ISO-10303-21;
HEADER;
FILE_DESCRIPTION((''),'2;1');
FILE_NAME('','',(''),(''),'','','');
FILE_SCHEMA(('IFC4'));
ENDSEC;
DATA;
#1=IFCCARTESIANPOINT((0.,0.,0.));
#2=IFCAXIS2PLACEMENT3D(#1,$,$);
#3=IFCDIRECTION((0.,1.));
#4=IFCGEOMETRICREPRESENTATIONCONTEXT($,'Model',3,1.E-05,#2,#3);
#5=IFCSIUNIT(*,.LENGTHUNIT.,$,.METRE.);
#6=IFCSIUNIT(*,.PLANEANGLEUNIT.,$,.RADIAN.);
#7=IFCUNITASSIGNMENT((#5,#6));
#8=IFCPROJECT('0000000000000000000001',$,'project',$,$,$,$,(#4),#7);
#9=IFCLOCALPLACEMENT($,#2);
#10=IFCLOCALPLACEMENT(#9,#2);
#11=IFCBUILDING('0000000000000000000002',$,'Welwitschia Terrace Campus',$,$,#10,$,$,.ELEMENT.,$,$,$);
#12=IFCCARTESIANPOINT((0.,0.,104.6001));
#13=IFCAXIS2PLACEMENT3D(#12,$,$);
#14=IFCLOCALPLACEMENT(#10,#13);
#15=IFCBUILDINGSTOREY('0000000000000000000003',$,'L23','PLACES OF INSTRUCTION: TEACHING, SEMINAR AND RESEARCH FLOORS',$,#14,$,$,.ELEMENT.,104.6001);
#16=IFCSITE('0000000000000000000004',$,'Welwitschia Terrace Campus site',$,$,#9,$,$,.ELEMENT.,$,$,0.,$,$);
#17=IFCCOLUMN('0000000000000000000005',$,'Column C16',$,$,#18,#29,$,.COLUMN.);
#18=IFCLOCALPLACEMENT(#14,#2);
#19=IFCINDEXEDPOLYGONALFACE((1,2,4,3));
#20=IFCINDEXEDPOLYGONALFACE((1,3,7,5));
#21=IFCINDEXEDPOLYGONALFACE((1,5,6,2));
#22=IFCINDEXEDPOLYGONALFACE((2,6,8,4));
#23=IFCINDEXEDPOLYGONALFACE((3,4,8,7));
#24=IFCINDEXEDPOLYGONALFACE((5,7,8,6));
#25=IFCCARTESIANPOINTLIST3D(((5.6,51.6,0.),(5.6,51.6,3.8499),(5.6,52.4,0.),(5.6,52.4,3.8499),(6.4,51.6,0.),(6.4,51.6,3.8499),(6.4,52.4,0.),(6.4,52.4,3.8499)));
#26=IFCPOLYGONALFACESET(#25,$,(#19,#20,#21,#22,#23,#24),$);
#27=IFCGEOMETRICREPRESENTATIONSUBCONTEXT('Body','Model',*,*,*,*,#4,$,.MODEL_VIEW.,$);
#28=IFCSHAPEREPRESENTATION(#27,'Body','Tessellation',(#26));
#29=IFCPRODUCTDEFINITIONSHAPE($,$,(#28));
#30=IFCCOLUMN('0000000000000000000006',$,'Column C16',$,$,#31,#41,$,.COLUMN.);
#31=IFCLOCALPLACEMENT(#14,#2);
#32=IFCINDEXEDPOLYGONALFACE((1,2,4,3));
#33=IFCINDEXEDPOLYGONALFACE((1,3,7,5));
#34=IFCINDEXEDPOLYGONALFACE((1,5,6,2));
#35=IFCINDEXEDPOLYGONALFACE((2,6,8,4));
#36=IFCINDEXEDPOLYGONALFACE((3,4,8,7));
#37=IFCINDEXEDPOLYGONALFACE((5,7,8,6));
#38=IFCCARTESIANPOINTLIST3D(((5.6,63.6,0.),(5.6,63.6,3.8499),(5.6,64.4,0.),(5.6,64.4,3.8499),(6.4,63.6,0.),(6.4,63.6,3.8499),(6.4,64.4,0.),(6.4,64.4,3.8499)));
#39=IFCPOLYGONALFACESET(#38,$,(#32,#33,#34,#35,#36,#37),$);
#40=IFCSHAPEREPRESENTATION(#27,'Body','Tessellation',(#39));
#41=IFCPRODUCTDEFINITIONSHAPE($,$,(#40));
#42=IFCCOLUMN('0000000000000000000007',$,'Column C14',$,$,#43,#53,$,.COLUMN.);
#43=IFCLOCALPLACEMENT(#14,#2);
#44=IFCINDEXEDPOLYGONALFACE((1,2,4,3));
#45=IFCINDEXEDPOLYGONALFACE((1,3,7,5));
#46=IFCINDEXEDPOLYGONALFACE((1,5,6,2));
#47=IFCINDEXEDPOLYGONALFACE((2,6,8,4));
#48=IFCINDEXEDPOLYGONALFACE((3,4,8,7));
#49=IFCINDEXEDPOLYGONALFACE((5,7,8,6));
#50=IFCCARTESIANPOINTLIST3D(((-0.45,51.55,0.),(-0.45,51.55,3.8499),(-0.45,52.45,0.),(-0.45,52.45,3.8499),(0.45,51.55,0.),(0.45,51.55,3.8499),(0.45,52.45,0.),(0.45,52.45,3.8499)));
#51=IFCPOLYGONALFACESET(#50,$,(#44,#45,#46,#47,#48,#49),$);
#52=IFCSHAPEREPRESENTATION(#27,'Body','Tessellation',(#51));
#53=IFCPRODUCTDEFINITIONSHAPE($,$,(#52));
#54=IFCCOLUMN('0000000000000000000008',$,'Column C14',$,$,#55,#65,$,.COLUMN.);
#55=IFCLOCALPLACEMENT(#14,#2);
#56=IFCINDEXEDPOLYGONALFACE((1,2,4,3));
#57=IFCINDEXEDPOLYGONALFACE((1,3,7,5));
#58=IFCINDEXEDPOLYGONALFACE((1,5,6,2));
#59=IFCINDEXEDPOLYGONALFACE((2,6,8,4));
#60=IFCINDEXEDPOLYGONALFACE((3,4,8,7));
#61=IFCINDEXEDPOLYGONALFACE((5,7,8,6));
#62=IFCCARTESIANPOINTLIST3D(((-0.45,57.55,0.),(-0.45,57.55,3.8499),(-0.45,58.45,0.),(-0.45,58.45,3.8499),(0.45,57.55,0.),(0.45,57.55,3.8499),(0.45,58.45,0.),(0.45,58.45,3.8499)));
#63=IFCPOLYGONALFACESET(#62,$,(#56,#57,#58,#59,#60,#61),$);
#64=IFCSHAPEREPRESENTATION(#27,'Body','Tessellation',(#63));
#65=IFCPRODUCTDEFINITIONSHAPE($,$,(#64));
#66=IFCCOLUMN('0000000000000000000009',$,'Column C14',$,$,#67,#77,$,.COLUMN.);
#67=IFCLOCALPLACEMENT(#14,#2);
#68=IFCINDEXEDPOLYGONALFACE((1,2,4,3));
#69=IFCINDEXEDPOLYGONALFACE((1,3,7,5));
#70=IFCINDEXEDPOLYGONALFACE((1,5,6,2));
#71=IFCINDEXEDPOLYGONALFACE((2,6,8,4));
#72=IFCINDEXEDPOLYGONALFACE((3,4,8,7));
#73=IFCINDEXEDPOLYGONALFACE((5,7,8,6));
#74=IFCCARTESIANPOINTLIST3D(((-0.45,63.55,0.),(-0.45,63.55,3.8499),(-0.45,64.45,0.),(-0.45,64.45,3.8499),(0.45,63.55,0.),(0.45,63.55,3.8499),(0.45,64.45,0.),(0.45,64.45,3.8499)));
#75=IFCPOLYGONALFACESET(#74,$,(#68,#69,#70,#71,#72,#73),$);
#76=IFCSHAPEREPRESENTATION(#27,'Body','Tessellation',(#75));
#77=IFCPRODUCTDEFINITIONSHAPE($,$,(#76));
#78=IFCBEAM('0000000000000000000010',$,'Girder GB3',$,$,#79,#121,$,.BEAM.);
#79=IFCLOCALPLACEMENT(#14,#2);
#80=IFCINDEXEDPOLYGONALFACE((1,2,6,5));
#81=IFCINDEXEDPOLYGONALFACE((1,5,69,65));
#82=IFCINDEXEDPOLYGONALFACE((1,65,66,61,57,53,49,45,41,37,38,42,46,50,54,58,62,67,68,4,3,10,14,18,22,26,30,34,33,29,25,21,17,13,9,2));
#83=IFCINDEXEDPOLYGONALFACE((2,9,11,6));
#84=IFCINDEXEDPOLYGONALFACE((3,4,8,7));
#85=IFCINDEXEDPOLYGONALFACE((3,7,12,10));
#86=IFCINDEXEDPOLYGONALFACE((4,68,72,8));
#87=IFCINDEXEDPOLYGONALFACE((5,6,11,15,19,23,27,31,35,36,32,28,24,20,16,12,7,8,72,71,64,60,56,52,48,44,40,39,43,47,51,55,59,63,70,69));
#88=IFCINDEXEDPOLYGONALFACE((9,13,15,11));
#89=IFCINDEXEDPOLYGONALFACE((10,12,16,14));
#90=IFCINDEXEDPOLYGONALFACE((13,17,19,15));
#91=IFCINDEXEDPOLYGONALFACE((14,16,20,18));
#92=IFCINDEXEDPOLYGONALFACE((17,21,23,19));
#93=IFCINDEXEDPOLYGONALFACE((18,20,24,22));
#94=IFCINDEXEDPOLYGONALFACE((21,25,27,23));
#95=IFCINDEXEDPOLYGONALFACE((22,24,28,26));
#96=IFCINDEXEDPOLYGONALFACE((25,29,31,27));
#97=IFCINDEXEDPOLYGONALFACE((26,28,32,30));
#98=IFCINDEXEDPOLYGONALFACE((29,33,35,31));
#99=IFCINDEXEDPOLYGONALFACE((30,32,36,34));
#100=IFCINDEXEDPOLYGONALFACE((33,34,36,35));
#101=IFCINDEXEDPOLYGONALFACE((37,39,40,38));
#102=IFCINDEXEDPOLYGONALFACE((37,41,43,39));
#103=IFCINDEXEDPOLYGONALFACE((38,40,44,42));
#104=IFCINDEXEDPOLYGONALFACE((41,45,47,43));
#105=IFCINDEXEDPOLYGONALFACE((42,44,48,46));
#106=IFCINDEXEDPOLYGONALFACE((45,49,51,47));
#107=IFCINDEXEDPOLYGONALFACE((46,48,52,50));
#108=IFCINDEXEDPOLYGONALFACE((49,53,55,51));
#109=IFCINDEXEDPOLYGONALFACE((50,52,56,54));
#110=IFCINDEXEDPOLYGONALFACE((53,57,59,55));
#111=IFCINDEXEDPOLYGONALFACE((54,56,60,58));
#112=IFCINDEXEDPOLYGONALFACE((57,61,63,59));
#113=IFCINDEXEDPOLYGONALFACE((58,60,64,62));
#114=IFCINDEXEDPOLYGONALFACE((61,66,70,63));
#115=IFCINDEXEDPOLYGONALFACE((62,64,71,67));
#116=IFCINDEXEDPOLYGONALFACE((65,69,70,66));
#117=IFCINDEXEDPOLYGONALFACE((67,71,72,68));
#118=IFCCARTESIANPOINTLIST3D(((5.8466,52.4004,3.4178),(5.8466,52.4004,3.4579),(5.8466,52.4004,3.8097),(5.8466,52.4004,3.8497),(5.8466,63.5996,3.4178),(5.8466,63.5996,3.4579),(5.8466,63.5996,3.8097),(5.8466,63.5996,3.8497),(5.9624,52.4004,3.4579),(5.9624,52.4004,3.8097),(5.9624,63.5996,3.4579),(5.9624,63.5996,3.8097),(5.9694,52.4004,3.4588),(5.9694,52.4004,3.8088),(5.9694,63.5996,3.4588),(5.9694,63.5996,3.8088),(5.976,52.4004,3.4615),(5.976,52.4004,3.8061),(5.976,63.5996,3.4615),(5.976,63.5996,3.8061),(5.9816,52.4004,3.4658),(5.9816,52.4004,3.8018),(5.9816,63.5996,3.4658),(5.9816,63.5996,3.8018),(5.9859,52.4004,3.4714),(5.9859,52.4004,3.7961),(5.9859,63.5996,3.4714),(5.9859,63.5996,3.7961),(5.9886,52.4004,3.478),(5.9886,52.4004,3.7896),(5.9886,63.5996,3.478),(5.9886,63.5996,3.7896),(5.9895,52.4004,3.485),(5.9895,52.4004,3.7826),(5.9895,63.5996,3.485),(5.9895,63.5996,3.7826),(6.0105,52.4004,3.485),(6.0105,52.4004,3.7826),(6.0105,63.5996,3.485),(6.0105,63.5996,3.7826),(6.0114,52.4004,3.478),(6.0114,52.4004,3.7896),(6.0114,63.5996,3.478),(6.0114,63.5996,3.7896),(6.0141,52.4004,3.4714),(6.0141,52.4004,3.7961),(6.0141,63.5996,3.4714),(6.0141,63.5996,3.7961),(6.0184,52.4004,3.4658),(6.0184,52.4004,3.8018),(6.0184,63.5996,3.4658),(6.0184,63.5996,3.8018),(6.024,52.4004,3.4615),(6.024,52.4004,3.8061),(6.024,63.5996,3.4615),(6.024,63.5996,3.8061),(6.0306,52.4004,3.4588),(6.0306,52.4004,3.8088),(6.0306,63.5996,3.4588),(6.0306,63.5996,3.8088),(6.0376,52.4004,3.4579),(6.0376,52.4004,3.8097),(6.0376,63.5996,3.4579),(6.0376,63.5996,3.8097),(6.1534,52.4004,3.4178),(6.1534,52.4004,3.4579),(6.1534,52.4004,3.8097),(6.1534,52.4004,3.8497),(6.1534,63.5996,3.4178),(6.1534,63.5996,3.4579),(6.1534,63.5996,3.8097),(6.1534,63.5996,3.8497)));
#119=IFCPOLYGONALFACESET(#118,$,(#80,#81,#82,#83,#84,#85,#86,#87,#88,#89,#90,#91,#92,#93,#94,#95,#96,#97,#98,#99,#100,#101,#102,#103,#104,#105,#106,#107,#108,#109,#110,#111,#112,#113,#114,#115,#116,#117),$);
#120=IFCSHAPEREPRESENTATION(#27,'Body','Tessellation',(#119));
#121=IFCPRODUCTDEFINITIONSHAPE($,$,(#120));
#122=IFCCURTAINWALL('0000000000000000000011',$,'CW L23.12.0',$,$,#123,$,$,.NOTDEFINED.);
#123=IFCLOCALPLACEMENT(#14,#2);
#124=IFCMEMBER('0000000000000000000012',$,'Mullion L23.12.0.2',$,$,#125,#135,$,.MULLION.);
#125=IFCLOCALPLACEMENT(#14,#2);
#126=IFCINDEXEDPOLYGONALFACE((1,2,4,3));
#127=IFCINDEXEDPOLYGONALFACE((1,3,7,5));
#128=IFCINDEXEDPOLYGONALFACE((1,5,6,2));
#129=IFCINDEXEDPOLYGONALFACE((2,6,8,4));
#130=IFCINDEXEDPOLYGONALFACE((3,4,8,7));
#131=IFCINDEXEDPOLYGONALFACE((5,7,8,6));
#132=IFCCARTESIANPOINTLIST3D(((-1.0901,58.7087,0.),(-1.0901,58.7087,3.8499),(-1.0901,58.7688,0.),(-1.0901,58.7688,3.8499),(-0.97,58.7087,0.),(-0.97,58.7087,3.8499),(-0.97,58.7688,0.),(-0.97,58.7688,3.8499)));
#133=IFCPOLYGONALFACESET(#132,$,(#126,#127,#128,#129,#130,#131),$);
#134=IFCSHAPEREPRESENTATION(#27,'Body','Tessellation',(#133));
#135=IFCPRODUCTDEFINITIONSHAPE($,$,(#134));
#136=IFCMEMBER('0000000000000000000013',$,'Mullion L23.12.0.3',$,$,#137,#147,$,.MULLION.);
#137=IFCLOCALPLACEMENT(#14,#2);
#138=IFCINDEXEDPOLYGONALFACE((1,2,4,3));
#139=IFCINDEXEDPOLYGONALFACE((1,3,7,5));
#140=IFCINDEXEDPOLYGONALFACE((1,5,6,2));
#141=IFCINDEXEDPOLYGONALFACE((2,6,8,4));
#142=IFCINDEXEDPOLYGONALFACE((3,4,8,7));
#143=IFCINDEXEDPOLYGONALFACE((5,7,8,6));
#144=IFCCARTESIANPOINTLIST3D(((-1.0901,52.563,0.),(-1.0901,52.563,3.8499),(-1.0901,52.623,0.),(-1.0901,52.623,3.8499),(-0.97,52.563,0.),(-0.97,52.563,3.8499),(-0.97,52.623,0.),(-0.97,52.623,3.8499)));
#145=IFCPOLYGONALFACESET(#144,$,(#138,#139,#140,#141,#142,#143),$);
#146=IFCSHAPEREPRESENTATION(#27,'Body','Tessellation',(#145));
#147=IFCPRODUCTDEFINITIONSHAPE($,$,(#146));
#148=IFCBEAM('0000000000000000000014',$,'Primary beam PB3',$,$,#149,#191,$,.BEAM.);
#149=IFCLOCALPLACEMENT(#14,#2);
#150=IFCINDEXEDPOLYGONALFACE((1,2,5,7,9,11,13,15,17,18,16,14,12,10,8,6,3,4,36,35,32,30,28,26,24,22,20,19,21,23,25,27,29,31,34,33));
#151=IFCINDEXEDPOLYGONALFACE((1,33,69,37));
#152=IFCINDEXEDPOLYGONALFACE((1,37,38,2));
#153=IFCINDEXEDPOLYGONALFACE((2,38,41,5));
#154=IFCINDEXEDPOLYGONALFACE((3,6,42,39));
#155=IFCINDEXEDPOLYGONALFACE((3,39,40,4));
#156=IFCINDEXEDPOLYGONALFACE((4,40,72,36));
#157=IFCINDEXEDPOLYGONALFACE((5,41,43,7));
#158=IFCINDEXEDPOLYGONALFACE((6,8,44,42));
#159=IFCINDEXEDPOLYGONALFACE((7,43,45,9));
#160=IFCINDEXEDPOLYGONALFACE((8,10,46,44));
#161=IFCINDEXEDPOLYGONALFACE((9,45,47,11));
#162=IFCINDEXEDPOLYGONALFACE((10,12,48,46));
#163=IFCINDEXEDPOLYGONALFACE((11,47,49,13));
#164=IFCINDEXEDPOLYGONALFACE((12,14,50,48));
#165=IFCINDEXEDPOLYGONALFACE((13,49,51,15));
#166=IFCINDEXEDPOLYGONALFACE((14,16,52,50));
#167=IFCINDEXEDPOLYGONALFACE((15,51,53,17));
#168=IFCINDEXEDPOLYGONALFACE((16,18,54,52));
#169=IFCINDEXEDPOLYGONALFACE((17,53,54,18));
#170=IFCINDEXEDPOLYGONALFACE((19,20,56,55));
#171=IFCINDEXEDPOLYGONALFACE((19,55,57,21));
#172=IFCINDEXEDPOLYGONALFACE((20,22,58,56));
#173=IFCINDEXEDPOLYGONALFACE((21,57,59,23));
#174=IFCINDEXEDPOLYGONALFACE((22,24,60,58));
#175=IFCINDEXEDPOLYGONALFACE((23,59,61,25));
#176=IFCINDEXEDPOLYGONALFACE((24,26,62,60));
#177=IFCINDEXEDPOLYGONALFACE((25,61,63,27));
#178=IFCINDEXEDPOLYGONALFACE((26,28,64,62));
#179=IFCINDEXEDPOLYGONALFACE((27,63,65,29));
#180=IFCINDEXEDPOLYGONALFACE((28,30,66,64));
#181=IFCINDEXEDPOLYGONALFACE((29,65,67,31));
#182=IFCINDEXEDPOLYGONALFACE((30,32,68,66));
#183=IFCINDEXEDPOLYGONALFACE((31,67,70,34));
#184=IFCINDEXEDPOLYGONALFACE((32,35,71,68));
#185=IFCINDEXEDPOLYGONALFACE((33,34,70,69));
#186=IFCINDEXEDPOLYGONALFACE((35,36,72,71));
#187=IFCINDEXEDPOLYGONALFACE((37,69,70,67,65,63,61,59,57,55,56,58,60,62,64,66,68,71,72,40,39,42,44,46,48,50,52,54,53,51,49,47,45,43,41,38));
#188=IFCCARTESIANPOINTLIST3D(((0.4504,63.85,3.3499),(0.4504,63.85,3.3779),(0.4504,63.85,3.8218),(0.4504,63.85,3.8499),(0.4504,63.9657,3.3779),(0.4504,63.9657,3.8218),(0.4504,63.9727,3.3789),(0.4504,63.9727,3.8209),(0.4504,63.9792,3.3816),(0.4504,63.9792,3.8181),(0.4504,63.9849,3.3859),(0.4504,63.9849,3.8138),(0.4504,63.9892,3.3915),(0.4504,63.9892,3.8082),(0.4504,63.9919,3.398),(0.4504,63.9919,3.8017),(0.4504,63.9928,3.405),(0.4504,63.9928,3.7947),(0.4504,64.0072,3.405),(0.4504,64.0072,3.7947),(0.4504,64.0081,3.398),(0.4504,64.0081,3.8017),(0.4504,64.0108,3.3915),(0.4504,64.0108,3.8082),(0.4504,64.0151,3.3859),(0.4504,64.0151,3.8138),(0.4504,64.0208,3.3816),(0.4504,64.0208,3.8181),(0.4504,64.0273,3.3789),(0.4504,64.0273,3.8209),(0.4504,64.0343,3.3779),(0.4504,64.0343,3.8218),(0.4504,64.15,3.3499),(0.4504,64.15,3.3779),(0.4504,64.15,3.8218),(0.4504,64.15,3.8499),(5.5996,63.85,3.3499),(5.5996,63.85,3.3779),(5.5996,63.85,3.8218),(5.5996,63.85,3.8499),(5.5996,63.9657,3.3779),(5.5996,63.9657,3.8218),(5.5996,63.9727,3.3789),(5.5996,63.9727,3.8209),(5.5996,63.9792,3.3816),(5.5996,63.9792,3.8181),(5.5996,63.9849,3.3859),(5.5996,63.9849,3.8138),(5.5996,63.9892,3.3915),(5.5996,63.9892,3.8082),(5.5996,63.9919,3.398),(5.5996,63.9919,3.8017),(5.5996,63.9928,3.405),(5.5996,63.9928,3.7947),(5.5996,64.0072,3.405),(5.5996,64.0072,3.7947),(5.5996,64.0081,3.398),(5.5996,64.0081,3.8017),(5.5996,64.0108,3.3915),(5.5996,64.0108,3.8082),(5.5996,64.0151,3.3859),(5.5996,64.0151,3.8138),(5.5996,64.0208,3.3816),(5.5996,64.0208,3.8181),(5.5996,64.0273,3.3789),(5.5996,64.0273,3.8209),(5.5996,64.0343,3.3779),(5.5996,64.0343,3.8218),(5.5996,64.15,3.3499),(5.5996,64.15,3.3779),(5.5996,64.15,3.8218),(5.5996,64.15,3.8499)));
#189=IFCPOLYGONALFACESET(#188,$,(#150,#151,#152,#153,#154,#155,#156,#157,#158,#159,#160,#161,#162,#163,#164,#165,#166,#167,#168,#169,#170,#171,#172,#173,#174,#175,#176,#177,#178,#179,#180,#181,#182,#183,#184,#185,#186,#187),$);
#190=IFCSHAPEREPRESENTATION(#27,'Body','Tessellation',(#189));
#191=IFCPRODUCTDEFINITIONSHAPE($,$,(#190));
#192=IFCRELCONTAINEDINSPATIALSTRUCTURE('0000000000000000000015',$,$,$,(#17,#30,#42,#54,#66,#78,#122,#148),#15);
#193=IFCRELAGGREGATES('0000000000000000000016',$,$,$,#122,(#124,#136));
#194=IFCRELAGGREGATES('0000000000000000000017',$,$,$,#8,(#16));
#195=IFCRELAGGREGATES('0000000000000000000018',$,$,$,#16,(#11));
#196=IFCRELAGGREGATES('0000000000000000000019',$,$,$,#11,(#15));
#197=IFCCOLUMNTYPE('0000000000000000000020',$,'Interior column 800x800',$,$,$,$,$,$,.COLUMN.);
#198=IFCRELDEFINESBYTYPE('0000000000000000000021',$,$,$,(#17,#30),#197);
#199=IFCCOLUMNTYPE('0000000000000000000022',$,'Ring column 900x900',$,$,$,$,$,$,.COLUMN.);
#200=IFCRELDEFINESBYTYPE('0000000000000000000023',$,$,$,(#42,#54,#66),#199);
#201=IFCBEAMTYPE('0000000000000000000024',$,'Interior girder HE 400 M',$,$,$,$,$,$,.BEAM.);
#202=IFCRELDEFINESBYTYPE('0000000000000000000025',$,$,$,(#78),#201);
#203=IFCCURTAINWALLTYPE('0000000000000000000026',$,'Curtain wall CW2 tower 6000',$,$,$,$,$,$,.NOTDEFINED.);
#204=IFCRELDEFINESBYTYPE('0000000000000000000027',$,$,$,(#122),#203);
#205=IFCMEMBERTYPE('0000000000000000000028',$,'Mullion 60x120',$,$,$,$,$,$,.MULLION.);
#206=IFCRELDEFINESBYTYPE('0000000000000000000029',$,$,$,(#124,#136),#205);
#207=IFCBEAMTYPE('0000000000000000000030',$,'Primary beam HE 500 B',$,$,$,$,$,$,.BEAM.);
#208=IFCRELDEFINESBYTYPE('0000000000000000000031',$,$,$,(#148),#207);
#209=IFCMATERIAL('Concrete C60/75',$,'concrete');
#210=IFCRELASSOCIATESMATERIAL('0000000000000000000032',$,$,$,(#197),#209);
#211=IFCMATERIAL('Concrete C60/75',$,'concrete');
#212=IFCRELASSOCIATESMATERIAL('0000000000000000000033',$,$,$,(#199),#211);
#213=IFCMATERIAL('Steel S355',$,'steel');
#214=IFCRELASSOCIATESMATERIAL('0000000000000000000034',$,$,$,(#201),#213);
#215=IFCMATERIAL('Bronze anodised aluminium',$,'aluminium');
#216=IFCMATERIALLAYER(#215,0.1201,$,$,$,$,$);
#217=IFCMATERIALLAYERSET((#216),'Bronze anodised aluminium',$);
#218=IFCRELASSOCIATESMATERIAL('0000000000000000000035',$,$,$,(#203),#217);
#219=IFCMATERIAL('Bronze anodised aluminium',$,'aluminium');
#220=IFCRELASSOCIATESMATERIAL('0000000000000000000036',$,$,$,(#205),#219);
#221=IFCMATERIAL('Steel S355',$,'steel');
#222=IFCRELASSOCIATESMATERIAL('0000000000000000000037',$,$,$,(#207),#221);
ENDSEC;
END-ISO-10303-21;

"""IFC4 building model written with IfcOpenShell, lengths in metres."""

from ifc_helpers import new_model, si_unit, direction, frame, origin, origin_2d, place, context, subcontext, project, spatial, rectangle, i_section, extrude, material, layer, layer_set, material_profile, profile_set, type_object, element, aggregate, save


model = new_model("IFC4")

# Units and contexts
model_context = context("Model", 3, precision=1e-05, world=origin(), true_north=direction((0.0, 1.0)))
body_context = subcontext(model_context, "Body", "Model", "MODEL_VIEW")
ifc_project = project(units=[si_unit("LENGTHUNIT", "METRE"), si_unit("PLANEANGLEUNIT", "RADIAN")], contexts=[model_context])

# Site, building, storey
site_placement = place(None, origin())
site = spatial("IfcSite", under=ifc_project, at=site_placement, Name="Welwitschia Terrace Campus site", CompositionType="ELEMENT", RefElevation=0.0)
building_placement = place(site_placement, origin())
building = spatial("IfcBuilding", under=site, at=building_placement, Name="Welwitschia Terrace Campus", CompositionType="ELEMENT")
storey_placement = place(building_placement, frame((0.0, 0.0, 104.6001)))
storey = spatial("IfcBuildingStorey", under=building, at=storey_placement, Name="L23", Description="PLACES OF INSTRUCTION: TEACHING, SEMINAR AND RESEARCH FLOORS", CompositionType="ELEMENT", Elevation=104.6001)

# Columns
ifc_material_1 = material(Name="Concrete C60/75", Category="concrete")
ifc_material_profile_1 = material_profile(ifc_material_1, rectangle(XDim=0.8, YDim=0.8, at=origin_2d()))
ifc_profile_set_1 = profile_set([ifc_material_profile_1], Name="Concrete C60/75")
column_type_1 = type_object("IfcColumnType", Name="Interior column 800x800", PredefinedType="COLUMN", material=ifc_profile_set_1)
for number, where, z_axis, x_axis, name in (
    (1, (6.0, 52.0, 0.0), (0.0, 0.0, 1.0), (1.0, 0.0, 0.0), "Column C16"),
    (2, (6.0, 64.0, 0.0), (0.0, 0.0, 1.0), (1.0, 0.0, 0.0), "Column C16"),
):
    element("IfcColumn", number, at=place(storey_placement, frame(where, z_axis=z_axis, x_axis=x_axis)), inside=storey, type_object=column_type_1, Name=name, PredefinedType="COLUMN", context=body_context, shape_type="SweptSolid", body=[
        extrude(rectangle(XDim=0.8, YDim=0.8, at=origin_2d()), origin(), (0.0, 0.0, 1.0), 3.8499),
    ])
ifc_material_2 = material(Name="Concrete C60/75", Category="concrete")
ifc_material_profile_2 = material_profile(ifc_material_2, rectangle(XDim=0.8999, YDim=0.8999, at=origin_2d()))
ifc_profile_set_2 = profile_set([ifc_material_profile_2], Name="Concrete C60/75")
column_type_2 = type_object("IfcColumnType", Name="Ring column 900x900", PredefinedType="COLUMN", material=ifc_profile_set_2)
for number, where, z_axis, x_axis, name in (
    (3, (0.0, 52.0, 0.0), (0.0, 0.0, 1.0), (1.0, 0.0, 0.0), "Column C14"),
    (4, (0.0, 58.0, 0.0), (0.0, 0.0, 1.0), (1.0, 0.0, 0.0), "Column C14"),
    (5, (0.0, 64.0, 0.0), (0.0, 0.0, 1.0), (1.0, 0.0, 0.0), "Column C14"),
):
    element("IfcColumn", number, at=place(storey_placement, frame(where, z_axis=z_axis, x_axis=x_axis)), inside=storey, type_object=column_type_2, Name=name, PredefinedType="COLUMN", context=body_context, shape_type="SweptSolid", body=[
        extrude(rectangle(XDim=0.8999, YDim=0.8999, at=origin_2d()), origin(), (0.0, 0.0, 1.0), 3.8499),
    ])

# Beam
ifc_material_3 = material(Name="Steel S355", Category="steel")
ifc_material_profile_3 = material_profile(ifc_material_3, i_section(OverallWidth=0.3069, OverallDepth=0.4319, WebThickness=0.021, FlangeThickness=0.04, FilletRadius=0.0271, at=origin_2d()))
ifc_profile_set_3 = profile_set([ifc_material_profile_3], Name="Steel S355")
beam_type_1 = type_object("IfcBeamType", Name="Interior girder HE 400 M", PredefinedType="BEAM", material=ifc_profile_set_3)
beam_placement = place(storey_placement, frame((6.0, 52.4004, 3.6338), z_axis=(0.0, 1.0, 0.0), x_axis=(-1.0, 0.0, 0.0)))
element("IfcBeam", 6, at=beam_placement, inside=storey, type_object=beam_type_1, Name="Girder GB3", PredefinedType="BEAM", context=body_context, shape_type="SweptSolid", body=[
    extrude(i_section(OverallWidth=0.3069, OverallDepth=0.4319, WebThickness=0.021, FlangeThickness=0.04, FilletRadius=0.0271, at=origin_2d()), origin(), (0.0, 0.0, 1.0), 11.1992),
])

# Curtain wall, members
ifc_material_4 = material(Name="Bronze anodised aluminium", Category="aluminium")
ifc_layer_1 = layer(ifc_material_4, 0.1201)
ifc_layer_set_1 = layer_set([ifc_layer_1], Name="Bronze anodised aluminium")
curtain_wall_type = type_object("IfcCurtainWallType", Name="Curtain wall CW2 tower 6000", PredefinedType="NOTDEFINED", material=ifc_layer_set_1)
curtain_wall_placement = place(storey_placement, origin())
curtain_wall = element("IfcCurtainWall", 7, at=curtain_wall_placement, inside=storey, type_object=curtain_wall_type, Name="CW L23.12.0", PredefinedType="NOTDEFINED")
ifc_material_5 = material(Name="Bronze anodised aluminium", Category="aluminium")
ifc_material_profile_4 = material_profile(ifc_material_5, rectangle(XDim=0.1201, YDim=0.0601, at=origin_2d()))
ifc_profile_set_4 = profile_set([ifc_material_profile_4], Name="Bronze anodised aluminium")
member_type = type_object("IfcMemberType", Name="Mullion 60x120", PredefinedType="MULLION", material=ifc_profile_set_4)
member_1_placement = place(storey_placement, frame((-1.03, 58.7388, 0.0), z_axis=(0.0, 0.0, 1.0), x_axis=(1.0, 0.0, 0.0)))
member_1 = element("IfcMember", 8, at=member_1_placement, type_object=member_type, Name="Mullion L23.12.0.2", PredefinedType="MULLION", context=body_context, shape_type="SweptSolid", body=[
    extrude(rectangle(XDim=0.1201, YDim=0.0601, at=origin_2d()), origin(), (0.0, 0.0, 1.0), 3.8499),
])
member_2_placement = place(storey_placement, frame((-1.03, 52.593, 0.0), z_axis=(0.0, 0.0, 1.0), x_axis=(1.0, 0.0, 0.0)))
member_2 = element("IfcMember", 9, at=member_2_placement, type_object=member_type, Name="Mullion L23.12.0.3", PredefinedType="MULLION", context=body_context, shape_type="SweptSolid", body=[
    extrude(rectangle(XDim=0.1201, YDim=0.0601, at=origin_2d()), origin(), (0.0, 0.0, 1.0), 3.8499),
])

# Beam
ifc_material_6 = material(Name="Steel S355", Category="steel")
ifc_material_profile_5 = material_profile(ifc_material_6, i_section(OverallWidth=0.3, OverallDepth=0.5, WebThickness=0.0144, FlangeThickness=0.0281, FilletRadius=0.0271, at=origin_2d()))
ifc_profile_set_5 = profile_set([ifc_material_profile_5], Name="Steel S355")
beam_type_2 = type_object("IfcBeamType", Name="Primary beam HE 500 B", PredefinedType="BEAM", material=ifc_profile_set_5)
for number, where, z_axis, x_axis, name in (
    (10, (0.4504, 64.0, 3.5999), (1.0, 0.0, 0.0), (0.0, 1.0, 0.0), "Primary beam PB3"),
):
    element("IfcBeam", number, at=place(storey_placement, frame(where, z_axis=z_axis, x_axis=x_axis)), inside=storey, type_object=beam_type_2, Name=name, PredefinedType="BEAM", context=body_context, shape_type="SweptSolid", body=[
        extrude(i_section(OverallWidth=0.3, OverallDepth=0.5, WebThickness=0.0144, FlangeThickness=0.0281, FilletRadius=0.0271, at=origin_2d()), origin(), (0.0, 0.0, 1.0), 5.1492),
    ])

aggregate(curtain_wall, [member_1, member_2])

save(model, "model.ifc")
